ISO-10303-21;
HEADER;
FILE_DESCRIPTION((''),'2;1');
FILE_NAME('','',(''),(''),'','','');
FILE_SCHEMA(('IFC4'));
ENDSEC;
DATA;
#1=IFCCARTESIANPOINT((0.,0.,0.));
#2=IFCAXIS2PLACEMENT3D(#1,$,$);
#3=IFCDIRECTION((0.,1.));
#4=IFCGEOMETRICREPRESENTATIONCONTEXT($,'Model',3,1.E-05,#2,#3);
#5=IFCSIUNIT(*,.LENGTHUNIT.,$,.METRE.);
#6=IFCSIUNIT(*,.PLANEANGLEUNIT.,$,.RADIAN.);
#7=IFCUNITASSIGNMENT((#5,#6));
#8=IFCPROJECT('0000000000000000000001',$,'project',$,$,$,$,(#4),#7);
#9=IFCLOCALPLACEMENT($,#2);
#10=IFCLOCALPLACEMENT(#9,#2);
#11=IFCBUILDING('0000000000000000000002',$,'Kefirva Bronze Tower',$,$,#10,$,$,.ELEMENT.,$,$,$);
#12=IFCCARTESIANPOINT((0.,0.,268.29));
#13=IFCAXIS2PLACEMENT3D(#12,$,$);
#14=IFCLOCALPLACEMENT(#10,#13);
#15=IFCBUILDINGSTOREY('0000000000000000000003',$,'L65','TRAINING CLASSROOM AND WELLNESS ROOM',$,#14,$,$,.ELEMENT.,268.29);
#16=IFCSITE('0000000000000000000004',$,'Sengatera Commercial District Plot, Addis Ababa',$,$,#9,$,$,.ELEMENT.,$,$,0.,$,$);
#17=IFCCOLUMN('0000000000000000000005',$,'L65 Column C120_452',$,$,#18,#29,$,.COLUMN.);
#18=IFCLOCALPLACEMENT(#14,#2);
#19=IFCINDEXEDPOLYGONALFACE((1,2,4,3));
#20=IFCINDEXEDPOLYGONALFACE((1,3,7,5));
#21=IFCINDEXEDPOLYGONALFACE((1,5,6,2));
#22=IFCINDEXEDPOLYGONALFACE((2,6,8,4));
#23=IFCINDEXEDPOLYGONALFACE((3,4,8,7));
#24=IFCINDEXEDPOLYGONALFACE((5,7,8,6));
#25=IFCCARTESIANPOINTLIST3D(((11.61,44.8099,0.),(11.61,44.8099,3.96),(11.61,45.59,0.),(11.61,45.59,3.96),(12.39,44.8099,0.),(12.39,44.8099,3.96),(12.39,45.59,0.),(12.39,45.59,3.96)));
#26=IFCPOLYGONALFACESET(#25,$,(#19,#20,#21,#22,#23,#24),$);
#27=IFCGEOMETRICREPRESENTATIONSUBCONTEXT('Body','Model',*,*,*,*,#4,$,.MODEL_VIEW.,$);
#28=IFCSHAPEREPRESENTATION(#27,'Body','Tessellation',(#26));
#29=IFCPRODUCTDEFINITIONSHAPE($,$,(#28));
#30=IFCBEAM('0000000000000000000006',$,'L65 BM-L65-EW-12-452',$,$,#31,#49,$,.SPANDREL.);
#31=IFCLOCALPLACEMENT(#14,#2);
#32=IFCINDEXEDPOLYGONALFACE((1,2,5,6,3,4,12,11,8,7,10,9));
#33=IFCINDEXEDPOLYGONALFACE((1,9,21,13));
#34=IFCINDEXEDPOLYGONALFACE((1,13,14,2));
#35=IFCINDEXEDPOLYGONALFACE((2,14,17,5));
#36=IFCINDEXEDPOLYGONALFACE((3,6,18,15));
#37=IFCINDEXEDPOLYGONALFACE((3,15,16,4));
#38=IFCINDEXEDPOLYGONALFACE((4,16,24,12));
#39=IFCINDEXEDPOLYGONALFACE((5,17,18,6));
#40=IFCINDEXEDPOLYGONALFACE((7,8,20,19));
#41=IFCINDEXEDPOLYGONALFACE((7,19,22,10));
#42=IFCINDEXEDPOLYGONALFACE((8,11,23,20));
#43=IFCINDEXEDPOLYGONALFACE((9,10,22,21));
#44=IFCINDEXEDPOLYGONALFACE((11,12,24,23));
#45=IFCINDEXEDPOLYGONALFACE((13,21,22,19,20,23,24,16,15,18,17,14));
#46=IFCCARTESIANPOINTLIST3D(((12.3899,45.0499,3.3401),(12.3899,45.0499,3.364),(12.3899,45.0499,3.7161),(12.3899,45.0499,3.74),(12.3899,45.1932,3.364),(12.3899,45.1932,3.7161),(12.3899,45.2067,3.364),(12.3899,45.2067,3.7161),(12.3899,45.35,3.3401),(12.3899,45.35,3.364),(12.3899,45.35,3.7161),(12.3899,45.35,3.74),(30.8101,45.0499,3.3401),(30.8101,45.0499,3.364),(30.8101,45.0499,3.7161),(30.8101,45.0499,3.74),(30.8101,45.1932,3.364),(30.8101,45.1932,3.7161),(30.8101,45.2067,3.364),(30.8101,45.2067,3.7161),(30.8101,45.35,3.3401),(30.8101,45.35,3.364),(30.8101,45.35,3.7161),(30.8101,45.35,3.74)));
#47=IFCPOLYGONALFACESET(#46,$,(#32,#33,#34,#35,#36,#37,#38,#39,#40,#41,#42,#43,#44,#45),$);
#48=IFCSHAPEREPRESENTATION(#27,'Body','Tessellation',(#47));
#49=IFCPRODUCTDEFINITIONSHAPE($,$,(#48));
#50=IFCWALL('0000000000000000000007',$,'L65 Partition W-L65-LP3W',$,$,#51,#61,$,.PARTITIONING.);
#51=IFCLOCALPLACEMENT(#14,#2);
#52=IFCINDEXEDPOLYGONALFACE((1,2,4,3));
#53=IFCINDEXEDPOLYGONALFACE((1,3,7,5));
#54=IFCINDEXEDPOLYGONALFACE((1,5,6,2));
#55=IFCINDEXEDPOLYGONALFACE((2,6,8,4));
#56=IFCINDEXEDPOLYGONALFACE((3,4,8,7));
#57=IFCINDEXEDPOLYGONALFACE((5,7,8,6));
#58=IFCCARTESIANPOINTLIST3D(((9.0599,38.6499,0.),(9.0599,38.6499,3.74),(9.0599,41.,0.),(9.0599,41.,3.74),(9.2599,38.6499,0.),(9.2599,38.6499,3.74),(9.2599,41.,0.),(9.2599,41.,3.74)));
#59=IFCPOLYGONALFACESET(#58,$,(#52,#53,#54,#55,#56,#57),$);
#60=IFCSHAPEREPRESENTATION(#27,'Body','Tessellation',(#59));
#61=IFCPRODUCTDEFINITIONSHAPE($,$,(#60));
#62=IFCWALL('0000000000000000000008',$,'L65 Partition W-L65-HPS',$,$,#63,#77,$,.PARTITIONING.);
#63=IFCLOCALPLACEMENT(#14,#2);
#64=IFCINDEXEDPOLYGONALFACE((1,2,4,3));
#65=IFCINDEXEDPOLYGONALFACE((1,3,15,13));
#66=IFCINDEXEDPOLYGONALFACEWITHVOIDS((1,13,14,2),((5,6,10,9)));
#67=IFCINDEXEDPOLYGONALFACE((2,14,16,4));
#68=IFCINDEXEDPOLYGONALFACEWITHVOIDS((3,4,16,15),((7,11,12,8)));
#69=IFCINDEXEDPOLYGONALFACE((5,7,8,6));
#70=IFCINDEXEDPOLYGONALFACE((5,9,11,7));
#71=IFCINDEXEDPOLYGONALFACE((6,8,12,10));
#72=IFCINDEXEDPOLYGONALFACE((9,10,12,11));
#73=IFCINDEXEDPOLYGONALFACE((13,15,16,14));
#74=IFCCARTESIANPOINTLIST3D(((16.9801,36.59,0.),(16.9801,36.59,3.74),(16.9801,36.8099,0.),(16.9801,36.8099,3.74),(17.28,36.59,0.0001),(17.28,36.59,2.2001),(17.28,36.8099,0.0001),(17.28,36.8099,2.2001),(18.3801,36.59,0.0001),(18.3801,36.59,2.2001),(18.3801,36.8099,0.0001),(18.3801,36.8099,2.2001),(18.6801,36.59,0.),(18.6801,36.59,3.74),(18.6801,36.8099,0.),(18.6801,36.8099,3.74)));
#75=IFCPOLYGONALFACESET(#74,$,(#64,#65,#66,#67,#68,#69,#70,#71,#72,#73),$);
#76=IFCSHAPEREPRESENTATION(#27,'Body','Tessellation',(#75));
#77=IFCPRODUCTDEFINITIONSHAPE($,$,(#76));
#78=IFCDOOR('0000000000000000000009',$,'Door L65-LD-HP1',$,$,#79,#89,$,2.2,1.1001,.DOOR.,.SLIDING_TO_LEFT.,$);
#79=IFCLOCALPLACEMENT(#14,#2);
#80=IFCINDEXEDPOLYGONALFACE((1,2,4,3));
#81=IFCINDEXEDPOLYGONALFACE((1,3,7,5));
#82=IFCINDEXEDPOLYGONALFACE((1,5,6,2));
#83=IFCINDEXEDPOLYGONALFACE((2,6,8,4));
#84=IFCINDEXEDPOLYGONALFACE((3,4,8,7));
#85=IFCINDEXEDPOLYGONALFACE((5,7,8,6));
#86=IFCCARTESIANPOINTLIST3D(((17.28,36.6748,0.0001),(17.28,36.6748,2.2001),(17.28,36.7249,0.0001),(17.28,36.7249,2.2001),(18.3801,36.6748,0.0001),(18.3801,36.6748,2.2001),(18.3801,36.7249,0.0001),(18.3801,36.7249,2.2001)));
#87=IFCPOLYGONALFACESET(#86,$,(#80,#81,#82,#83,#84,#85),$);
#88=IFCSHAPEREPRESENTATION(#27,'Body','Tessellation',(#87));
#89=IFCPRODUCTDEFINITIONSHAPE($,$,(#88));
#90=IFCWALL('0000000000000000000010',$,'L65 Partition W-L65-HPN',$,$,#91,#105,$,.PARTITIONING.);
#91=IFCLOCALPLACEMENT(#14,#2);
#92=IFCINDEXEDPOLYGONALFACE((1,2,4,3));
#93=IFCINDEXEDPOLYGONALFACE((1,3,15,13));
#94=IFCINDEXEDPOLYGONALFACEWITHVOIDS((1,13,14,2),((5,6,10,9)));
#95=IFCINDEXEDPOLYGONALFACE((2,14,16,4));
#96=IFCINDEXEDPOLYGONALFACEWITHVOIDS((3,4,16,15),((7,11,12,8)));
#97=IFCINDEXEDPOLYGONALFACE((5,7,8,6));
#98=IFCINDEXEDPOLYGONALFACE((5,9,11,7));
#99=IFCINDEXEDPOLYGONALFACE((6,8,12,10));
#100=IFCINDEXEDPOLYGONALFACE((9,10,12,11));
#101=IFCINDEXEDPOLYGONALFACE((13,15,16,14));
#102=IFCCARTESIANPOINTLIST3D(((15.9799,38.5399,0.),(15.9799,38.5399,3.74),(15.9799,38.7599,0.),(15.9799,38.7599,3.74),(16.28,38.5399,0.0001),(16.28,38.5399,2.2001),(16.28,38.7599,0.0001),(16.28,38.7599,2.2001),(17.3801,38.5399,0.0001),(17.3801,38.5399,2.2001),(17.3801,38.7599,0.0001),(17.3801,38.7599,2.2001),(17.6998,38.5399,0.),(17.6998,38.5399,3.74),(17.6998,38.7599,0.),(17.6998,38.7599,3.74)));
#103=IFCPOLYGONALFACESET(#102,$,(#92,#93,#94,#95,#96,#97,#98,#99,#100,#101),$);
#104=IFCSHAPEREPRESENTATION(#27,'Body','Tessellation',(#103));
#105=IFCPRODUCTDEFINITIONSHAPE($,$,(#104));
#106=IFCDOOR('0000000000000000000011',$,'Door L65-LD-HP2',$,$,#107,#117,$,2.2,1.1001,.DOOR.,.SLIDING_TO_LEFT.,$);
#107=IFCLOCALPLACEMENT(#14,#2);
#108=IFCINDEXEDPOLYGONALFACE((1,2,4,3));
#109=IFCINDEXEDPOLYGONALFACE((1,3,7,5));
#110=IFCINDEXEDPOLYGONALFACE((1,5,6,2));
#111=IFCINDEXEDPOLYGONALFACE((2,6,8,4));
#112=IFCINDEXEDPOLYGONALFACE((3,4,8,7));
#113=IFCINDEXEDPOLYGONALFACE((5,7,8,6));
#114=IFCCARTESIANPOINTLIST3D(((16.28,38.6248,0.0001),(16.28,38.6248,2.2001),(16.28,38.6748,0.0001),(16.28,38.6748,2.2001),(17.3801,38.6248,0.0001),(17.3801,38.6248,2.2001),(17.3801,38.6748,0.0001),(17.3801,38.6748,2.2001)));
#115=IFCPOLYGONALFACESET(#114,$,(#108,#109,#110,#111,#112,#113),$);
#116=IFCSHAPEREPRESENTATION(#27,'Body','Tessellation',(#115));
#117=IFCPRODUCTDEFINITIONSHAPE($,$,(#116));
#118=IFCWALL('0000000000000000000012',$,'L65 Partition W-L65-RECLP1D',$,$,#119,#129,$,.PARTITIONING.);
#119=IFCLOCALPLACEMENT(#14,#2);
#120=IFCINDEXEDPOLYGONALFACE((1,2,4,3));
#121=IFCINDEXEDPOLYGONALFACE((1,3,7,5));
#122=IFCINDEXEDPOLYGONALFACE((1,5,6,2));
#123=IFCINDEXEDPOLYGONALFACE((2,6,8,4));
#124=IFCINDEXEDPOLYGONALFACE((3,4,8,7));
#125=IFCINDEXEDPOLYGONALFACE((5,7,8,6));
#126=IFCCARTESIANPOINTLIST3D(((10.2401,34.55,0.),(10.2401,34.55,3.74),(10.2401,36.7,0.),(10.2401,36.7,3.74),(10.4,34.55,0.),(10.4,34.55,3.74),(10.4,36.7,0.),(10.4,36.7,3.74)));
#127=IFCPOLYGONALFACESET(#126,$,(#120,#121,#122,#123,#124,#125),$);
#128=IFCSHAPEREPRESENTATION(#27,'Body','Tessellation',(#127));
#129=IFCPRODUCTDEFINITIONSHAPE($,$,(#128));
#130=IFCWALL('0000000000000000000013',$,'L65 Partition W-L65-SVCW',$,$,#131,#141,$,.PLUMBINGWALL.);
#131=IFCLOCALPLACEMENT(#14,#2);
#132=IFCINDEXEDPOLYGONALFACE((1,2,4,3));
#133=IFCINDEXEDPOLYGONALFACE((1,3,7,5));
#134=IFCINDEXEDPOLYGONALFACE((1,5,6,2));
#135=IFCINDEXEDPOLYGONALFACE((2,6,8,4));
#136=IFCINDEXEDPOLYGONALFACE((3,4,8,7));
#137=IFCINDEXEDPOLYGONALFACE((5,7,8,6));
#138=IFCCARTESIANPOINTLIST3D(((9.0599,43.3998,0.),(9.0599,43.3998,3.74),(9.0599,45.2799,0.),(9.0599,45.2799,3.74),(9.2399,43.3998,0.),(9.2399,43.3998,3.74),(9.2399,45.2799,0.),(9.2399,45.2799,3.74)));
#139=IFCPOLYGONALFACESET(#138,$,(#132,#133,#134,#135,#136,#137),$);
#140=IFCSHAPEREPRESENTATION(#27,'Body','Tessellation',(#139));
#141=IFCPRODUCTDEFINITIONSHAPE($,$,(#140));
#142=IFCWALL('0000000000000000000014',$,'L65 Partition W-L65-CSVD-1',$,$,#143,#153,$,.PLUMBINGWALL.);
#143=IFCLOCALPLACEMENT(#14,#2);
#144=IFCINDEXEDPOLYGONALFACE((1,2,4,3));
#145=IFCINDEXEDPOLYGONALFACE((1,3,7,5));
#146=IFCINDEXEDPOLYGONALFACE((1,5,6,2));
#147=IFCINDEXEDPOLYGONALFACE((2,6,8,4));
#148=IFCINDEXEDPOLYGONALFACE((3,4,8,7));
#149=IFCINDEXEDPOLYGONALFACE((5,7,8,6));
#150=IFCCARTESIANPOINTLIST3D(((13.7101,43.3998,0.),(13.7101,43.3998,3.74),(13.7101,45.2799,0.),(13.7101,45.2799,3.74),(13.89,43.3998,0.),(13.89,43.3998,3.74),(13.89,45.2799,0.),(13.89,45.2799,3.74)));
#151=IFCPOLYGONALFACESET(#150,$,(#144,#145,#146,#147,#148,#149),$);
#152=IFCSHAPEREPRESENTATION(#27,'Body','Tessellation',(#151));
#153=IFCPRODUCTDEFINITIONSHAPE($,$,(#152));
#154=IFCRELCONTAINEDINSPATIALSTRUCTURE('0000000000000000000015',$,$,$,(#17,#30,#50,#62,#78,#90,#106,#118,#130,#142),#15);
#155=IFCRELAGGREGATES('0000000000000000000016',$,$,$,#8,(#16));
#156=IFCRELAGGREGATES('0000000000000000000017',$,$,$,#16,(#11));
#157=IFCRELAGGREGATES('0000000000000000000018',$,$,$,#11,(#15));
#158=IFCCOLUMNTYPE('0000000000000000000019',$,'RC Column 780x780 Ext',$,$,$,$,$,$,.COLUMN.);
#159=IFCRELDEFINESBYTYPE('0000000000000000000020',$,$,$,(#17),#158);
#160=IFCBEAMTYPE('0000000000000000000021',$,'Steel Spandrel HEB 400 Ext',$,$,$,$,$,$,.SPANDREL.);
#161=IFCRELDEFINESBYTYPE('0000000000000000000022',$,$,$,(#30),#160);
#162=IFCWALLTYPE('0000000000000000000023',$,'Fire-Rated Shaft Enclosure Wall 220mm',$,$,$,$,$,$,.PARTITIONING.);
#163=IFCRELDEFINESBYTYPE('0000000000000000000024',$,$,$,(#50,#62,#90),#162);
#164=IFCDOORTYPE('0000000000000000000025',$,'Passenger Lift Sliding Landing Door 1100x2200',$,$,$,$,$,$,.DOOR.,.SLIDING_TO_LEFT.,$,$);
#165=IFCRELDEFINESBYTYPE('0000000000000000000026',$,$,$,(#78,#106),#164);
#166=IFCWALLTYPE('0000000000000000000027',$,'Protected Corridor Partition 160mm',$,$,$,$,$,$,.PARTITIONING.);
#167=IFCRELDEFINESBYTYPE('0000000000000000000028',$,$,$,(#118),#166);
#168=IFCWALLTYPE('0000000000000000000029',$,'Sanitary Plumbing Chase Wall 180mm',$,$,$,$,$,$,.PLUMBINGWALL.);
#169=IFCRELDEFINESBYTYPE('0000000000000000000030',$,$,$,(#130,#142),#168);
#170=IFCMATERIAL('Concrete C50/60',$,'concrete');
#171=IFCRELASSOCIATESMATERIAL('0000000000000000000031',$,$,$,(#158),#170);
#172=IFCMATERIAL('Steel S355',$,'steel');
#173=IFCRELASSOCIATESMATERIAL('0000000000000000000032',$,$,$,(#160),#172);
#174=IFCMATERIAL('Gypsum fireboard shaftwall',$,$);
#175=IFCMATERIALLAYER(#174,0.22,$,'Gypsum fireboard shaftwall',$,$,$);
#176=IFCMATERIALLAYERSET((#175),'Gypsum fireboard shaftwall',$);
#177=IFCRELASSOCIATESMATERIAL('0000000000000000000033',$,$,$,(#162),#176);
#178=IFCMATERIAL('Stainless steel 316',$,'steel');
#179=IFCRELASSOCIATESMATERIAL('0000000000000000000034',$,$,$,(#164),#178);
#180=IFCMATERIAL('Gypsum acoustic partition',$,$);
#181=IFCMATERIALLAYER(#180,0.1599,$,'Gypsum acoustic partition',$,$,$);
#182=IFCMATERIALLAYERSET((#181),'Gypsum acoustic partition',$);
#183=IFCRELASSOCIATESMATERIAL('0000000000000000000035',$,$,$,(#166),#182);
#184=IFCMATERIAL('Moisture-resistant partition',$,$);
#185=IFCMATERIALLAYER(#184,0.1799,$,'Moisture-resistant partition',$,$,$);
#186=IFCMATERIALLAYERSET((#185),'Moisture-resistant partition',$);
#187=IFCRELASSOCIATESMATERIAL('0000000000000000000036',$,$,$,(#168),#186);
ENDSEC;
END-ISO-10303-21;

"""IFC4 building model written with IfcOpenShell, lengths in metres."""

from ifc_helpers import new_model, si_unit, direction, frame, frame_2d, origin, origin_2d, place, context, subcontext, project, spatial, rectangle, i_section, extrude, material, layer, layer_set, material_profile, profile_set, type_object, element, fill, save


model = new_model("IFC4")

# Units and contexts
model_context = context("Model", 3, precision=1e-05, world=origin(), true_north=direction((0.0, 1.0)))
body_context = subcontext(model_context, "Body", "Model", "MODEL_VIEW")
ifc_project = project(units=[si_unit("LENGTHUNIT", "METRE"), si_unit("PLANEANGLEUNIT", "RADIAN")], contexts=[model_context])

# Site, building, storey
site_placement = place(None, origin())
site = spatial("IfcSite", under=ifc_project, at=site_placement, Name="Sengatera Commercial District Plot, Addis Ababa", CompositionType="ELEMENT", RefElevation=0.0)
building_placement = place(site_placement, origin())
building = spatial("IfcBuilding", under=site, at=building_placement, Name="Kefirva Bronze Tower", CompositionType="ELEMENT")
storey_placement = place(building_placement, frame((0.0, 0.0, 268.29)))
storey = spatial("IfcBuildingStorey", under=building, at=storey_placement, Name="L65", Description="TRAINING CLASSROOM AND WELLNESS ROOM", CompositionType="ELEMENT", Elevation=268.29)

# Column
ifc_material_1 = material(Name="Concrete C50/60", Category="concrete")
ifc_material_profile_1 = material_profile(ifc_material_1, rectangle(XDim=0.78, YDim=0.78, at=origin_2d()), Name="RC 780x780")
ifc_profile_set_1 = profile_set([ifc_material_profile_1], Name="Concrete C50/60")
column_type = type_object("IfcColumnType", Name="RC Column 780x780 Ext", PredefinedType="COLUMN", material=ifc_profile_set_1)
column_placement = place(storey_placement, frame((12.0, 45.2, 0.0), z_axis=(0.0, 0.0, 1.0), x_axis=(1.0, 0.0, 0.0)))
element("IfcColumn", 1, at=column_placement, inside=storey, type_object=column_type, Name="L65 Column C120_452", PredefinedType="COLUMN", context=body_context, shape_type="SweptSolid", body=[
    extrude(rectangle(XDim=0.78, YDim=0.78, at=origin_2d()), origin(), (0.0, 0.0, 1.0), 3.96),
])

# Beam
ifc_material_2 = material(Name="Steel S355", Category="steel")
ifc_material_profile_2 = material_profile(ifc_material_2, i_section(OverallWidth=0.3, OverallDepth=0.3999, WebThickness=0.0134, FlangeThickness=0.0239, at=origin_2d()), Name="HEB 400")
ifc_profile_set_2 = profile_set([ifc_material_profile_2], Name="Steel S355")
beam_type = type_object("IfcBeamType", Name="Steel Spandrel HEB 400 Ext", PredefinedType="SPANDREL", material=ifc_profile_set_2)
beam_placement = place(storey_placement, frame((12.3899, 45.2, 3.54), z_axis=(1.0, 0.0, 0.0), x_axis=(0.0, 1.0, 0.0)))
element("IfcBeam", 2, at=beam_placement, inside=storey, type_object=beam_type, Name="L65 BM-L65-EW-12-452", PredefinedType="SPANDREL", context=body_context, shape_type="SweptSolid", body=[
    extrude(i_section(OverallWidth=0.3, OverallDepth=0.3999, WebThickness=0.0134, FlangeThickness=0.0239, at=origin_2d()), origin(), (0.0, 0.0, 1.0), 18.4202),
])

# Shared definitions
ifc_material_3 = material(Name="Gypsum acoustic partition")

# Wall
ifc_material_4 = material(Name="Gypsum fireboard shaftwall")
ifc_layer_1 = layer(ifc_material_4, 0.22, Name="Gypsum fireboard shaftwall")
ifc_layer_set_1 = layer_set([ifc_layer_1], Name="Gypsum fireboard shaftwall")
wall_type_1 = type_object("IfcWallType", Name="Fire-Rated Shaft Enclosure Wall 220mm", PredefinedType="PARTITIONING", material=ifc_layer_set_1)
wall_1_placement = place(storey_placement, frame((9.1599, 38.6499, 0.0), z_axis=(0.0, 0.0, 1.0), x_axis=(0.0, 1.0, 0.0)))
element("IfcWall", 3, at=wall_1_placement, inside=storey, type_object=wall_type_1, Name="L65 Partition W-L65-LP3W", PredefinedType="PARTITIONING", context=body_context, shape_type="SweptSolid", body=[
    extrude(rectangle(XDim=2.3501, YDim=0.2, at=frame_2d((1.175, 0.0))), origin(), (0.0, 0.0, 1.0), 3.74),
])

# Walls, openings, doors
wall_2_placement = place(storey_placement, frame((16.98, 36.7, 0.0), z_axis=(0.0, 0.0, 1.0), x_axis=(1.0, 0.0, 0.0)))
wall_2 = element("IfcWall", 4, at=wall_2_placement, inside=storey, type_object=wall_type_1, Name="L65 Partition W-L65-HPS", PredefinedType="PARTITIONING", context=body_context, shape_type="SweptSolid", body=[
    extrude(rectangle(XDim=1.7, YDim=0.22, at=frame_2d((0.8501, 0.0))), origin(), (0.0, 0.0, 1.0), 3.74),
])
opening_1_placement = place(wall_2_placement, frame((0.3, 0.0, 0.0)))
opening_1 = element("IfcOpeningElement", 5, at=opening_1_placement, cuts=wall_2, PredefinedType="OPENING", context=body_context, shape_type="SweptSolid", body=[
    extrude(rectangle(XDim=1.1001, YDim=2.2, at=frame_2d((0.55, 1.1001))), frame((0.0, 0.1201, 0.0), z_axis=(0.0, -1.0, 0.0), x_axis=(1.0, 0.0, 0.0)), (0.0, 0.0, 1.0), 0.24),
])
ifc_material_5 = material(Name="Stainless steel 316", Category="steel")
door_type_1 = type_object("IfcDoorType", Name="Passenger Lift Sliding Landing Door 1100x2200", OperationType="SLIDING_TO_LEFT", PredefinedType="DOOR", material=ifc_material_5)
door_1_placement = place(opening_1_placement, origin())
door_1 = element("IfcDoor", 6, at=door_1_placement, inside=storey, type_object=door_type_1, Name="Door L65-LD-HP1", OperationType="SLIDING_TO_LEFT", OverallHeight=2.2, OverallWidth=1.1001, PredefinedType="DOOR", context=body_context, shape_type="SweptSolid", body=[
    extrude(rectangle(XDim=1.1001, YDim=2.2, at=frame_2d((0.55, 1.1001))), frame((0.0, 0.0249, 0.0), z_axis=(0.0, -1.0, 0.0), x_axis=(1.0, 0.0, 0.0)), (0.0, 0.0, 1.0), 0.05),
])
fill(opening_1, door_1)
wall_3_placement = place(storey_placement, frame((15.98, 38.6499, 0.0), z_axis=(0.0, 0.0, 1.0), x_axis=(1.0, 0.0, 0.0)))
wall_3 = element("IfcWall", 7, at=wall_3_placement, inside=storey, type_object=wall_type_1, Name="L65 Partition W-L65-HPN", PredefinedType="PARTITIONING", context=body_context, shape_type="SweptSolid", body=[
    extrude(rectangle(XDim=1.72, YDim=0.22, at=frame_2d((0.8599, 0.0))), origin(), (0.0, 0.0, 1.0), 3.74),
])
opening_2_placement = place(wall_3_placement, frame((0.3, 0.0, 0.0)))
opening_2 = element("IfcOpeningElement", 8, at=opening_2_placement, cuts=wall_3, PredefinedType="OPENING", context=body_context, shape_type="SweptSolid", body=[
    extrude(rectangle(XDim=1.1001, YDim=2.2, at=frame_2d((0.55, 1.1001))), frame((0.0, 0.1201, 0.0), z_axis=(0.0, -1.0, 0.0), x_axis=(1.0, 0.0, 0.0)), (0.0, 0.0, 1.0), 0.24),
])
door_2_placement = place(opening_2_placement, origin())
door_2 = element("IfcDoor", 9, at=door_2_placement, inside=storey, type_object=door_type_1, Name="Door L65-LD-HP2", OperationType="SLIDING_TO_LEFT", OverallHeight=2.2, OverallWidth=1.1001, PredefinedType="DOOR", context=body_context, shape_type="SweptSolid", body=[
    extrude(rectangle(XDim=1.1001, YDim=2.2, at=frame_2d((0.55, 1.1001))), frame((0.0, 0.0249, 0.0), z_axis=(0.0, -1.0, 0.0), x_axis=(1.0, 0.0, 0.0)), (0.0, 0.0, 1.0), 0.05),
])
fill(opening_2, door_2)

# Wall
ifc_layer_2 = layer(ifc_material_3, 0.1599, Name="Gypsum acoustic partition")
ifc_layer_set_2 = layer_set([ifc_layer_2], Name="Gypsum acoustic partition")
wall_type_2 = type_object("IfcWallType", Name="Protected Corridor Partition 160mm", PredefinedType="PARTITIONING", material=ifc_layer_set_2)
wall_4_placement = place(storey_placement, frame((10.3201, 34.55, 0.0), z_axis=(0.0, 0.0, 1.0), x_axis=(0.0, 1.0, 0.0)))
element("IfcWall", 10, at=wall_4_placement, inside=storey, type_object=wall_type_2, Name="L65 Partition W-L65-RECLP1D", PredefinedType="PARTITIONING", context=body_context, shape_type="SweptSolid", body=[
    extrude(rectangle(XDim=2.1499, YDim=0.1599, at=frame_2d((1.075, 0.0))), origin(), (0.0, 0.0, 1.0), 3.74),
])

# Walls
ifc_material_6 = material(Name="Moisture-resistant partition")
ifc_layer_3 = layer(ifc_material_6, 0.1799, Name="Moisture-resistant partition")
ifc_layer_set_3 = layer_set([ifc_layer_3], Name="Moisture-resistant partition")
wall_type_3 = type_object("IfcWallType", Name="Sanitary Plumbing Chase Wall 180mm", PredefinedType="PLUMBINGWALL", material=ifc_layer_set_3)
for number, where, z_axis, x_axis, name in (
    (11, (9.1499, 43.3999, 0.0), (0.0, 0.0, 1.0), (0.0, 1.0, 0.0), "L65 Partition W-L65-SVCW"),
    (12, (13.8, 43.3999, 0.0), (0.0, 0.0, 1.0), (0.0, 1.0, 0.0), "L65 Partition W-L65-CSVD-1"),
):
    element("IfcWall", number, at=place(storey_placement, frame(where, z_axis=z_axis, x_axis=x_axis)), inside=storey, type_object=wall_type_3, Name=name, PredefinedType="PLUMBINGWALL", context=body_context, shape_type="SweptSolid", body=[
        extrude(rectangle(XDim=1.8801, YDim=0.1799, at=frame_2d((0.9399, 0.0))), origin(), (0.0, 0.0, 1.0), 3.74),
    ])

save(model, "model.ifc")
